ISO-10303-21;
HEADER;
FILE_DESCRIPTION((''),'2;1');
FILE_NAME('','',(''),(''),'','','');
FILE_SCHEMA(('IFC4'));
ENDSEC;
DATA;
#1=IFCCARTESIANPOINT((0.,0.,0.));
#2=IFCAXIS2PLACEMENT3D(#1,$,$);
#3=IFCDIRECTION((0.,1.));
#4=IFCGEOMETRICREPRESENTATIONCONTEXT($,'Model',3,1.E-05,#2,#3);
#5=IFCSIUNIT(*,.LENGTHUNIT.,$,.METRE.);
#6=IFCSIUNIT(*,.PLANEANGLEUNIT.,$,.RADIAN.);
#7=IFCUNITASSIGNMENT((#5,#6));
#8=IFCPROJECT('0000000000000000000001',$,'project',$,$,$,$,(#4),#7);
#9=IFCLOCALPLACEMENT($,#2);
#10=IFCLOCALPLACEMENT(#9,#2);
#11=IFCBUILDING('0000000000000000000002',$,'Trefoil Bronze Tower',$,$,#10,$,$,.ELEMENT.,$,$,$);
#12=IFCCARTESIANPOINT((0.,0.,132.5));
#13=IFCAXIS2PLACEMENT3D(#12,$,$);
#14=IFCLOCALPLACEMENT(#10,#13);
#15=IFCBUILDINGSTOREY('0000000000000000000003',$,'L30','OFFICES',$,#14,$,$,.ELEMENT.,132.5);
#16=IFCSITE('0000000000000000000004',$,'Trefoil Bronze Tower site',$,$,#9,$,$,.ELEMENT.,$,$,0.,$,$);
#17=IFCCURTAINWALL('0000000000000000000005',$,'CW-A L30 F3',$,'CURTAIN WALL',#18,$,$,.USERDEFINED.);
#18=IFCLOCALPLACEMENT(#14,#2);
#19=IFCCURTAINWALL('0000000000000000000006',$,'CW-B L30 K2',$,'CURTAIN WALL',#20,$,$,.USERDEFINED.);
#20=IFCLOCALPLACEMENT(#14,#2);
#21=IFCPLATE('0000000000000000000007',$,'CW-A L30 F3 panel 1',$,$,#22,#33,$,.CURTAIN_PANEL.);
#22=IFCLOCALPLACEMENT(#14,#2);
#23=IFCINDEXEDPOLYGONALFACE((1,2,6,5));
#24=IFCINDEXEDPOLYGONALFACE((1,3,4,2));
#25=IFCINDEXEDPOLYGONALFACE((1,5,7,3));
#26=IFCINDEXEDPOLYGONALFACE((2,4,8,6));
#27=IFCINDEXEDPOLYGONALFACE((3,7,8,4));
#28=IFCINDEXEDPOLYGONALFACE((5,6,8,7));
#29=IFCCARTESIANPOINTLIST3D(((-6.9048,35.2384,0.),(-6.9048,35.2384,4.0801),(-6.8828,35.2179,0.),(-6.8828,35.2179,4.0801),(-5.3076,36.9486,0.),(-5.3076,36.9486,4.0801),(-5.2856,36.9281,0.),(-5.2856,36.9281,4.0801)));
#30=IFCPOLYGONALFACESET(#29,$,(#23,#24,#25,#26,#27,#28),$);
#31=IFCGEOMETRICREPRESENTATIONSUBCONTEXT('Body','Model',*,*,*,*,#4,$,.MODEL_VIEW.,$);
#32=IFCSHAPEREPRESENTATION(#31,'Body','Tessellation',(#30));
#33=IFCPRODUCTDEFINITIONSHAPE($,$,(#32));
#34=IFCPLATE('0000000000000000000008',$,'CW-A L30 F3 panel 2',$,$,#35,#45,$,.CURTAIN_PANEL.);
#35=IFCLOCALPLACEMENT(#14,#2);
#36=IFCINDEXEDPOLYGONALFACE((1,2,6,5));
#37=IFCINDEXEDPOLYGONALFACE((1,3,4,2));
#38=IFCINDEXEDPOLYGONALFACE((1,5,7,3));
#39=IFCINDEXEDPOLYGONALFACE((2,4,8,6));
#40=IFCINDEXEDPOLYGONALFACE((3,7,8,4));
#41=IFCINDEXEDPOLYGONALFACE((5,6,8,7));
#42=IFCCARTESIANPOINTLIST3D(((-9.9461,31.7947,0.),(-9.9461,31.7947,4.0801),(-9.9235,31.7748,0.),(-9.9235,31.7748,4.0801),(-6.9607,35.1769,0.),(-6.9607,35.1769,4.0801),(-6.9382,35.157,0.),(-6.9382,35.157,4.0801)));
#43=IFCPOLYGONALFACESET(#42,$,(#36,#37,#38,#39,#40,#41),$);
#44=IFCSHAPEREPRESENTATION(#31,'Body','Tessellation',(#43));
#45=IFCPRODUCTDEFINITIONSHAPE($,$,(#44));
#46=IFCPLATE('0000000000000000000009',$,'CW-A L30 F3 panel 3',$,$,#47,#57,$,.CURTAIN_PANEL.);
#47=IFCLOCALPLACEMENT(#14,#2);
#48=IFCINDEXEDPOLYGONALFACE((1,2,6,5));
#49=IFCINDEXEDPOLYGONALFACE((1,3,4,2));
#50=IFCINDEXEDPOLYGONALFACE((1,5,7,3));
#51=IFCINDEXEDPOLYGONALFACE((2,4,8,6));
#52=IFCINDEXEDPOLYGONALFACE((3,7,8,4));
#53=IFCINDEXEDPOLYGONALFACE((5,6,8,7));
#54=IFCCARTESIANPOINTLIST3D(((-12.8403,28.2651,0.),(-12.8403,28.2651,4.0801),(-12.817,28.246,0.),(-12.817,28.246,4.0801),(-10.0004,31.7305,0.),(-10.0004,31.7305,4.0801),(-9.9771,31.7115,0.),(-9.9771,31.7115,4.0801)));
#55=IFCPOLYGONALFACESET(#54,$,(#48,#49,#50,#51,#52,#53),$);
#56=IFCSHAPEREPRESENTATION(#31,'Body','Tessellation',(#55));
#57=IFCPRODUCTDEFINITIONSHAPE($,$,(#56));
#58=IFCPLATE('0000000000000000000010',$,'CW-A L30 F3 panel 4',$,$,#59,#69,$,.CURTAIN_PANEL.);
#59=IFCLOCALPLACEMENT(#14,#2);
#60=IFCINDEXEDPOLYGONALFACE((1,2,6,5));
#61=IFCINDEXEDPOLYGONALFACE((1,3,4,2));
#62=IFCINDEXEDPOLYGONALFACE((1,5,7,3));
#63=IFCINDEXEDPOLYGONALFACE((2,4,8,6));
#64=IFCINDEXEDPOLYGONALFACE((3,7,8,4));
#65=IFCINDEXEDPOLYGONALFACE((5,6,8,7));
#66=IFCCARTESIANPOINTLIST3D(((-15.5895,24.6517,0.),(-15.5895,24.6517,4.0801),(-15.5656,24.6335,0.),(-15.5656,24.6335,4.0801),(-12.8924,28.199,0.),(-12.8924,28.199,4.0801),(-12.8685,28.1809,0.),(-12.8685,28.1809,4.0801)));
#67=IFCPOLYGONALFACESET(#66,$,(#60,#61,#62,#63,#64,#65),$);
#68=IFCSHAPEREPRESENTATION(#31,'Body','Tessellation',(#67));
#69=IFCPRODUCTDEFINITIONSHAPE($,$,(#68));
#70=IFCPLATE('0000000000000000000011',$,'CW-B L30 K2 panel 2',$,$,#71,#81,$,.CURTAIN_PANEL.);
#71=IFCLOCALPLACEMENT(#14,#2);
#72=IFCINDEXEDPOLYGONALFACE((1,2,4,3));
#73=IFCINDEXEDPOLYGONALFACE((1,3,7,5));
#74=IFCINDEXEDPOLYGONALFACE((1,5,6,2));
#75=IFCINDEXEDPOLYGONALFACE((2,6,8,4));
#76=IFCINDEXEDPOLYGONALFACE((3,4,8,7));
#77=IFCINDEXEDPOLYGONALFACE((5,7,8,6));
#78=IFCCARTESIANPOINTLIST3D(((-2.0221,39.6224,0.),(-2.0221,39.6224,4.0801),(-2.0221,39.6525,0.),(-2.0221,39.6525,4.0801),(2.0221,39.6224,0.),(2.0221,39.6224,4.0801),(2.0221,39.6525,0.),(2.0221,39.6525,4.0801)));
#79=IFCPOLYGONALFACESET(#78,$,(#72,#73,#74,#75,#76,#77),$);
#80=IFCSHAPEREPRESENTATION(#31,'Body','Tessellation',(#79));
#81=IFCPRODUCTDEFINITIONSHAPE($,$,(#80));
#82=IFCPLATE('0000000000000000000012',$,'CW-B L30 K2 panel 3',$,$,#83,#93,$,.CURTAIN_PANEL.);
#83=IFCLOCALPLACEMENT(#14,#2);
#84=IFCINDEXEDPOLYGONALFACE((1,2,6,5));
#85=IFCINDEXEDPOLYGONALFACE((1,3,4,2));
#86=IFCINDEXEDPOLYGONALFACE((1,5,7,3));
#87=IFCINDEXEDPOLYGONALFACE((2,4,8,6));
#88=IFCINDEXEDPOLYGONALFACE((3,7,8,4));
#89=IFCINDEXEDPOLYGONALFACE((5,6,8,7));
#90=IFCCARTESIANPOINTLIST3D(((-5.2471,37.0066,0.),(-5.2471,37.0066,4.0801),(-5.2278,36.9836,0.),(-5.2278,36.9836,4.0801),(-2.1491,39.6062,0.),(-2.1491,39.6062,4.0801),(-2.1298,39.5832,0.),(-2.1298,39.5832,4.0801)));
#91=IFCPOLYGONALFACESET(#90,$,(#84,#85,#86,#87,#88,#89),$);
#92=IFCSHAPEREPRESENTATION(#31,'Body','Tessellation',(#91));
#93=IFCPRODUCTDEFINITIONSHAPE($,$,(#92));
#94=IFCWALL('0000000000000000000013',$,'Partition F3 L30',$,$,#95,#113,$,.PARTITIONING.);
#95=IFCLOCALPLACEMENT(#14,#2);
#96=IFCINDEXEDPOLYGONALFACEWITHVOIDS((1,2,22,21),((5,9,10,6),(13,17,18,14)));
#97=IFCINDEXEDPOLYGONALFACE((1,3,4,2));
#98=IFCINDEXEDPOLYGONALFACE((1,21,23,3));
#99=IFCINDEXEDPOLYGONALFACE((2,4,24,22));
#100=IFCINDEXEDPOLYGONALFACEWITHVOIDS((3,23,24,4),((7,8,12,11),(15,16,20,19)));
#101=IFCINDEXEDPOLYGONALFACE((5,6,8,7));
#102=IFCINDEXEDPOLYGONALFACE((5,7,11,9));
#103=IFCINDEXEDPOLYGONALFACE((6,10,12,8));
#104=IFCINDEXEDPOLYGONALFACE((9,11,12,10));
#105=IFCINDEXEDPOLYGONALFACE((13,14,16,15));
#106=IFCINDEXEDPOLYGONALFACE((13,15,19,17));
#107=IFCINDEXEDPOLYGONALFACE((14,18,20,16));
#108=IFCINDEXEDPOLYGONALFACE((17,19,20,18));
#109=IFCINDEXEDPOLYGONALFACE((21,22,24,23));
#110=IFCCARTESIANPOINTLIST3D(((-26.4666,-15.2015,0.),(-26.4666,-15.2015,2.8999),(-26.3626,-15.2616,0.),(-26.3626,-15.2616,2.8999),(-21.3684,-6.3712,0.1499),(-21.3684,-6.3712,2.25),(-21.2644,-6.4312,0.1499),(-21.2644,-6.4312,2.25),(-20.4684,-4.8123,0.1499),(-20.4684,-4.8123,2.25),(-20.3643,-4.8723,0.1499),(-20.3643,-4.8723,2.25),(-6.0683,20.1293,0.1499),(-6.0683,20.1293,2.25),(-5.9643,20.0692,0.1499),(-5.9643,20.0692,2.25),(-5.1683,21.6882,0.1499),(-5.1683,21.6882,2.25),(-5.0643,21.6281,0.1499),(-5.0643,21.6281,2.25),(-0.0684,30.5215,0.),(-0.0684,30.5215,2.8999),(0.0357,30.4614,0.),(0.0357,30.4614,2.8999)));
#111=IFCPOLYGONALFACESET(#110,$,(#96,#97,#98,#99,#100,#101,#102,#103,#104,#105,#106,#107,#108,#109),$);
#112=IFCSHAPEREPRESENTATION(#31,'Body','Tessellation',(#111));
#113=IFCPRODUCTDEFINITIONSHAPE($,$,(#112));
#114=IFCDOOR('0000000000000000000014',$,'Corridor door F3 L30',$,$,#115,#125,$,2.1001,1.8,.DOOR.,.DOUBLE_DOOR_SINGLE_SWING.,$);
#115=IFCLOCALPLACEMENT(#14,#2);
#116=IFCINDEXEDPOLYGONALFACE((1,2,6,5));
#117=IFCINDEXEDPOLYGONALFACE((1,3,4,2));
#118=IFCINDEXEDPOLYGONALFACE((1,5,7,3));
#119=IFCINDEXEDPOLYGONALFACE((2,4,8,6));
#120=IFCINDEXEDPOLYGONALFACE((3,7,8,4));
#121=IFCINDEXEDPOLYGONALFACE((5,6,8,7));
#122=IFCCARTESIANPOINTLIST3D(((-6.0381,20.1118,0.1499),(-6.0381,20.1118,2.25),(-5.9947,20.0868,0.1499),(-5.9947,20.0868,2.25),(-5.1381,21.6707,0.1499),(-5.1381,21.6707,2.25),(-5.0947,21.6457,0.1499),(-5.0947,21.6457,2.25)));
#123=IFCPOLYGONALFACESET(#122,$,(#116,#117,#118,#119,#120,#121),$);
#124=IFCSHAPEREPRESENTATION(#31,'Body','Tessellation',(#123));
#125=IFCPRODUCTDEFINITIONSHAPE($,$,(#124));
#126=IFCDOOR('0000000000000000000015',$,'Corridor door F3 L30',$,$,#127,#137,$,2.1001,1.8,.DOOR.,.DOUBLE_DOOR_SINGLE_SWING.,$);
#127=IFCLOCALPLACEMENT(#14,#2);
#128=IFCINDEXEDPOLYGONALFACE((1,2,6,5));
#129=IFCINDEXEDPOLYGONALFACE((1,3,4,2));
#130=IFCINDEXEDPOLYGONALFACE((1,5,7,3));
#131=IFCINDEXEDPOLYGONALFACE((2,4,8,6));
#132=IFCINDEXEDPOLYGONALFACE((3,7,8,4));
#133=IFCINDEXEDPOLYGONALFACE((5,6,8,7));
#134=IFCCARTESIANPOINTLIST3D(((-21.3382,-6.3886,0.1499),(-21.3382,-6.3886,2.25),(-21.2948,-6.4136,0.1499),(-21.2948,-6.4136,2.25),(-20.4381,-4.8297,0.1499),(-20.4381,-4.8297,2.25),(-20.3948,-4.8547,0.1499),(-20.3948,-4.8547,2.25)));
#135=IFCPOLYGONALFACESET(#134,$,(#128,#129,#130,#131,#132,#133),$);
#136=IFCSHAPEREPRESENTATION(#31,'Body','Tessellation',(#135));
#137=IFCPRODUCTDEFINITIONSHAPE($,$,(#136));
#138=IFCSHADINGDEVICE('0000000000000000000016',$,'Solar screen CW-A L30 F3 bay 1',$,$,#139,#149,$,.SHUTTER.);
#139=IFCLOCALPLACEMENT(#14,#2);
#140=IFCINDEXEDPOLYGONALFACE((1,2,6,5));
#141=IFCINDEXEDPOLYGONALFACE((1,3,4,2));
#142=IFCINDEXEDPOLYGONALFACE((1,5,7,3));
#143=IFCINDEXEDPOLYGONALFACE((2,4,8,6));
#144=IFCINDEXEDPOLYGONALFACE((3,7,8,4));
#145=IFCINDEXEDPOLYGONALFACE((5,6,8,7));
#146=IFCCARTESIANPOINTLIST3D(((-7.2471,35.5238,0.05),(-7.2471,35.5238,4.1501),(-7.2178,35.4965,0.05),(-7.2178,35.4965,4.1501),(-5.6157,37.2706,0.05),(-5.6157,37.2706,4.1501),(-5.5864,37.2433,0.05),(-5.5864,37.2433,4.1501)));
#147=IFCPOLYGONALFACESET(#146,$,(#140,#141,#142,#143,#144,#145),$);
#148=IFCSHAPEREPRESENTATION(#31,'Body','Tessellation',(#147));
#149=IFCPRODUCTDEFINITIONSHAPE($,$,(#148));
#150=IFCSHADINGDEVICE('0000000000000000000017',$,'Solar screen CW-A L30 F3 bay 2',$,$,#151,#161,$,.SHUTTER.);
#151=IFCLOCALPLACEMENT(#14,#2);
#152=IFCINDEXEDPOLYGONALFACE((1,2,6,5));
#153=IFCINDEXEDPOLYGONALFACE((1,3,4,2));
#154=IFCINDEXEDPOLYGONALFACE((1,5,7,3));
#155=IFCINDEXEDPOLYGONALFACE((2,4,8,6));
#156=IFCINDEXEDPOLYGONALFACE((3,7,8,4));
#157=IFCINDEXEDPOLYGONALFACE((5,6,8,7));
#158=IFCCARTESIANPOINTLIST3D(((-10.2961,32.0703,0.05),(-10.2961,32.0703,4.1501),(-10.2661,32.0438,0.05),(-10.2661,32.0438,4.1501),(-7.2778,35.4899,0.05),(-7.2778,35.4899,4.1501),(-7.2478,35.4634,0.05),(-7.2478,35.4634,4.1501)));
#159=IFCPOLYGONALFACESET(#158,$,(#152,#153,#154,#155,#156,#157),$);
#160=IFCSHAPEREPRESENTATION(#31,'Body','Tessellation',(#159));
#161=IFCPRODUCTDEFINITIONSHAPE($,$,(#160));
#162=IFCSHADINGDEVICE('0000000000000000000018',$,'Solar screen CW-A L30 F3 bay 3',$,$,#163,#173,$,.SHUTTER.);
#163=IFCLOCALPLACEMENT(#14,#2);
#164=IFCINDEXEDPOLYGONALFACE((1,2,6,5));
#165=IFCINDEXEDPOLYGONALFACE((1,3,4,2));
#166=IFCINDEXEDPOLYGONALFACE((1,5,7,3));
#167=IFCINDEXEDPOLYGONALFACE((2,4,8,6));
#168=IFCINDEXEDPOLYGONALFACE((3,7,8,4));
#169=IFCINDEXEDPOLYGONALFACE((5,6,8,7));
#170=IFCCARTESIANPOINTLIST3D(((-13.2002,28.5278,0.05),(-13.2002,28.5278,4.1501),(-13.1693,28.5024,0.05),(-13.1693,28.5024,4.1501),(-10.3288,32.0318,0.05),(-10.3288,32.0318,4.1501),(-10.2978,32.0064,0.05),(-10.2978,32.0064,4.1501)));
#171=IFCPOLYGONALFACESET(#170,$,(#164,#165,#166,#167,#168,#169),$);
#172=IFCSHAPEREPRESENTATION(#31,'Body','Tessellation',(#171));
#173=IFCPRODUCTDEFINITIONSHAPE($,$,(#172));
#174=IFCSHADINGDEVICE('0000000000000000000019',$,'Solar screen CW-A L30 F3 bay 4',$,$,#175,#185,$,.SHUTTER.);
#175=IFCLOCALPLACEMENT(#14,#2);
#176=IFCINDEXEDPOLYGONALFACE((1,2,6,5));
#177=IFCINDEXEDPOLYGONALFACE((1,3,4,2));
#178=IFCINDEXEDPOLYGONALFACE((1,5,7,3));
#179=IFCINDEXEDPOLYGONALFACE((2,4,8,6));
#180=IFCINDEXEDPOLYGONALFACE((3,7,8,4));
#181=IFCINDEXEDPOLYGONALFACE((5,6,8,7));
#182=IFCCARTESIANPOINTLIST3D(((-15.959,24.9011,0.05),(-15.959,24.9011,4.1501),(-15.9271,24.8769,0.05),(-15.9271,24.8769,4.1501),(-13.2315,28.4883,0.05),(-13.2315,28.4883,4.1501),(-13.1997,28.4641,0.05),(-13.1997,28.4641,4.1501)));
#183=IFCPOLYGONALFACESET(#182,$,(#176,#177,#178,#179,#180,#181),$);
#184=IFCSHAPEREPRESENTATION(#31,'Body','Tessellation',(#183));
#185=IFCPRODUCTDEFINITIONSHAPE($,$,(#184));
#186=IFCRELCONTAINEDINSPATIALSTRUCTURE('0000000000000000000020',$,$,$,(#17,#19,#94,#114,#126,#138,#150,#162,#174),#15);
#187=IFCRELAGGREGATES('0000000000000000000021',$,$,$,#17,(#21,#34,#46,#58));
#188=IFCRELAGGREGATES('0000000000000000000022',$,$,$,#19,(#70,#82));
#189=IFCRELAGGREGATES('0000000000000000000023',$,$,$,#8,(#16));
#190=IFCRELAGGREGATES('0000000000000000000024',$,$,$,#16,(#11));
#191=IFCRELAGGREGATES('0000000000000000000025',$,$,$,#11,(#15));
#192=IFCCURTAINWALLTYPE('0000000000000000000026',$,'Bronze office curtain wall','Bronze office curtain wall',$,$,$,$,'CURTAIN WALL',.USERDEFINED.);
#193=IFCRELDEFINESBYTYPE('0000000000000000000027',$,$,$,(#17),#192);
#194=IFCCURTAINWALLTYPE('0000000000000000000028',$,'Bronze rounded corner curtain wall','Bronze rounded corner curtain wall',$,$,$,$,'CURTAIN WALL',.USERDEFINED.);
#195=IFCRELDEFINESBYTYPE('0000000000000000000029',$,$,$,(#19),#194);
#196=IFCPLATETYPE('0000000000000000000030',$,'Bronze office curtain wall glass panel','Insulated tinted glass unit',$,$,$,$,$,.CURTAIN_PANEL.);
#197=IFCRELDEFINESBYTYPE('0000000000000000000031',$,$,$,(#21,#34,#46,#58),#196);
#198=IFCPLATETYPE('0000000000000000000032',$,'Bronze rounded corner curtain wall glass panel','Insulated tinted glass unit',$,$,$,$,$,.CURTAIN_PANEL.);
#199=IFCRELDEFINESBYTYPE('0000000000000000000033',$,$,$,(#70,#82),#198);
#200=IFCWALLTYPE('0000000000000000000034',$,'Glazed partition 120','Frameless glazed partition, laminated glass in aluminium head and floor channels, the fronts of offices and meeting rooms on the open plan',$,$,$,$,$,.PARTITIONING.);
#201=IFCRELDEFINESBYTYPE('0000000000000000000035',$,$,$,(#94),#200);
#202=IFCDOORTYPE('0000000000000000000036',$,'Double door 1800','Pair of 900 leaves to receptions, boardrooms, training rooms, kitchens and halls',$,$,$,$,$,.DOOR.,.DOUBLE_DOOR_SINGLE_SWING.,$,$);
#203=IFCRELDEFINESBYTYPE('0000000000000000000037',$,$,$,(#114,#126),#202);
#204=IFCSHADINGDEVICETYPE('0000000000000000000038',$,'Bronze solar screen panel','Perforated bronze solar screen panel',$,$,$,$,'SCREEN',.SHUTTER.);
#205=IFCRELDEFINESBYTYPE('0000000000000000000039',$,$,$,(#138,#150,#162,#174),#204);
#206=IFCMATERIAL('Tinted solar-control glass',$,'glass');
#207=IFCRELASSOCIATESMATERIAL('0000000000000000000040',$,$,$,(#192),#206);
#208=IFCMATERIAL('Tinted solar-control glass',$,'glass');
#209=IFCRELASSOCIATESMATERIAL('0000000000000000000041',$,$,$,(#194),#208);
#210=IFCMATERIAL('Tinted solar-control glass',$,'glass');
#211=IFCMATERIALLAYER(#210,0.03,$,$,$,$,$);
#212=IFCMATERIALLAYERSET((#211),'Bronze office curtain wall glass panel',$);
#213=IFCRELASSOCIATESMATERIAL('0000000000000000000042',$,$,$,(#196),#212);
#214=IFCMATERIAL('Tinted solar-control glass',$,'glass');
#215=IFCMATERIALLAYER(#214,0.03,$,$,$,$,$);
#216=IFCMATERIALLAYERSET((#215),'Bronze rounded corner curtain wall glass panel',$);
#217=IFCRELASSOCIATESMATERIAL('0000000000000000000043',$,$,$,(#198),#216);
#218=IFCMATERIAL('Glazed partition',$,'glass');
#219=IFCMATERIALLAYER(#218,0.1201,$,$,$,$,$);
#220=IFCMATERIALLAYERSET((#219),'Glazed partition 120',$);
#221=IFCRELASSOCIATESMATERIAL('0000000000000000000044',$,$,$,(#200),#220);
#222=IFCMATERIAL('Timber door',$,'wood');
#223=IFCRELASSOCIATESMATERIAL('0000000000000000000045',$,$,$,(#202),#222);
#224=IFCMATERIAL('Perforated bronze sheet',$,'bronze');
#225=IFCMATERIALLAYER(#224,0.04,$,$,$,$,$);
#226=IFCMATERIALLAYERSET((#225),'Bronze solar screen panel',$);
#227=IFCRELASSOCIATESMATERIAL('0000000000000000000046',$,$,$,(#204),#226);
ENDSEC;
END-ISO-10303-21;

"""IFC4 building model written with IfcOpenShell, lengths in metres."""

from ifc_helpers import new_model, si_unit, direction, frame, frame_2d, origin, origin_2d, place, context, subcontext, project, spatial, rectangle, extrude, material, layer, layer_set, type_object, element, fill, aggregate, save


model = new_model("IFC4")

# Units and contexts
model_context = context("Model", 3, precision=1e-05, world=origin(), true_north=direction((0.0, 1.0)))
body_context = subcontext(model_context, "Body", "Model", "MODEL_VIEW")
ifc_project = project(units=[si_unit("LENGTHUNIT", "METRE"), si_unit("PLANEANGLEUNIT", "RADIAN")], contexts=[model_context])

# Site, building, storey
site_placement = place(None, origin())
site = spatial("IfcSite", under=ifc_project, at=site_placement, Name="Trefoil Bronze Tower site", CompositionType="ELEMENT", RefElevation=0.0)
building_placement = place(site_placement, origin())
building = spatial("IfcBuilding", under=site, at=building_placement, Name="Trefoil Bronze Tower", CompositionType="ELEMENT")
storey_placement = place(building_placement, frame((0.0, 0.0, 132.5)))
storey = spatial("IfcBuildingStorey", under=building, at=storey_placement, Name="L30", Description="OFFICES", CompositionType="ELEMENT", Elevation=132.5)

# Curtain walls
ifc_material_1 = material(Name="Tinted solar-control glass", Category="glass")
curtain_wall_type_1 = type_object("IfcCurtainWallType", Name="Bronze office curtain wall", Description="Bronze office curtain wall", ElementType="CURTAIN WALL", PredefinedType="USERDEFINED", material=ifc_material_1)
curtain_wall_1_placement = place(storey_placement, origin())
curtain_wall_1 = element("IfcCurtainWall", 1, at=curtain_wall_1_placement, inside=storey, type_object=curtain_wall_type_1, Name="CW-A L30 F3", ObjectType="CURTAIN WALL", PredefinedType="USERDEFINED")
ifc_material_2 = material(Name="Tinted solar-control glass", Category="glass")
curtain_wall_type_2 = type_object("IfcCurtainWallType", Name="Bronze rounded corner curtain wall", Description="Bronze rounded corner curtain wall", ElementType="CURTAIN WALL", PredefinedType="USERDEFINED", material=ifc_material_2)
curtain_wall_2_placement = place(storey_placement, origin())
curtain_wall_2 = element("IfcCurtainWall", 2, at=curtain_wall_2_placement, inside=storey, type_object=curtain_wall_type_2, Name="CW-B L30 K2", ObjectType="CURTAIN WALL", PredefinedType="USERDEFINED")

# Plates
ifc_material_3 = material(Name="Tinted solar-control glass", Category="glass")
ifc_layer_1 = layer(ifc_material_3, 0.03)
ifc_layer_set_1 = layer_set([ifc_layer_1], Name="Bronze office curtain wall glass panel")
plate_type_1 = type_object("IfcPlateType", Name="Bronze office curtain wall glass panel", Description="Insulated tinted glass unit", PredefinedType="CURTAIN_PANEL", material=ifc_layer_set_1)
plate_1_placement = place(storey_placement, frame((-6.0952, 36.0833, 0.0), z_axis=(0.0, 0.0, 1.0), x_axis=(-0.682536, -0.730852, 0.0)))
plate_1 = element("IfcPlate", 3, at=plate_1_placement, type_object=plate_type_1, Name="CW-A L30 F3 panel 1", PredefinedType="CURTAIN_PANEL", context=body_context, shape_type="SweptSolid", body=[
    extrude(rectangle(XDim=2.3401, YDim=0.03, at=origin_2d()), origin(), (0.0, 0.0, 1.0), 4.0801),
])
plate_2_placement = place(storey_placement, frame((-8.4421, 33.4758, 0.0), z_axis=(0.0, 0.0, 1.0), x_axis=(-0.661751, -0.749723, 0.0)))
plate_2 = element("IfcPlate", 4, at=plate_2_placement, type_object=plate_type_1, Name="CW-A L30 F3 panel 2", PredefinedType="CURTAIN_PANEL", context=body_context, shape_type="SweptSolid", body=[
    extrude(rectangle(XDim=4.5112, YDim=0.03, at=origin_2d()), origin(), (0.0, 0.0, 1.0), 4.0801),
])
plate_3_placement = place(storey_placement, frame((-11.4087, 29.9883, 0.0), z_axis=(0.0, 0.0, 1.0), x_axis=(-0.63384, -0.773464, 0.0)))
plate_3 = element("IfcPlate", 5, at=plate_3_placement, type_object=plate_type_1, Name="CW-A L30 F3 panel 3", PredefinedType="CURTAIN_PANEL", context=body_context, shape_type="SweptSolid", body=[
    extrude(rectangle(XDim=4.4805, YDim=0.03, at=origin_2d()), origin(), (0.0, 0.0, 1.0), 4.0801),
])
plate_4_placement = place(storey_placement, frame((-14.229, 26.4163, 0.0), z_axis=(0.0, 0.0, 1.0), x_axis=(-0.605252, -0.796034, 0.0)))
plate_4 = element("IfcPlate", 6, at=plate_4_placement, type_object=plate_type_1, Name="CW-A L30 F3 panel 4", PredefinedType="CURTAIN_PANEL", context=body_context, shape_type="SweptSolid", body=[
    extrude(rectangle(XDim=4.4563, YDim=0.03, at=origin_2d()), origin(), (0.0, 0.0, 1.0), 4.0801),
])
aggregate(curtain_wall_1, [plate_1, plate_2, plate_3, plate_4])
ifc_material_4 = material(Name="Tinted solar-control glass", Category="glass")
ifc_layer_2 = layer(ifc_material_4, 0.03)
ifc_layer_set_2 = layer_set([ifc_layer_2], Name="Bronze rounded corner curtain wall glass panel")
plate_type_2 = type_object("IfcPlateType", Name="Bronze rounded corner curtain wall glass panel", Description="Insulated tinted glass unit", PredefinedType="CURTAIN_PANEL", material=ifc_layer_set_2)
plate_5_placement = place(storey_placement, frame((0.0, 39.6375, 0.0), z_axis=(0.0, 0.0, 1.0), x_axis=(-1.0, 0.0, 0.0)))
plate_5 = element("IfcPlate", 7, at=plate_5_placement, type_object=plate_type_2, Name="CW-B L30 K2 panel 2", PredefinedType="CURTAIN_PANEL", context=body_context, shape_type="SweptSolid", body=[
    extrude(rectangle(XDim=4.0442, YDim=0.03, at=origin_2d()), origin(), (0.0, 0.0, 1.0), 4.0801),
])
plate_6_placement = place(storey_placement, frame((-3.6885, 38.2949, 0.0), z_axis=(0.0, 0.0, 1.0), x_axis=(-0.766044, -0.642788, 0.0)))
plate_6 = element("IfcPlate", 8, at=plate_6_placement, type_object=plate_type_2, Name="CW-B L30 K2 panel 3", PredefinedType="CURTAIN_PANEL", context=body_context, shape_type="SweptSolid", body=[
    extrude(rectangle(XDim=4.0442, YDim=0.03, at=origin_2d()), origin(), (0.0, 0.0, 1.0), 4.0801),
])
aggregate(curtain_wall_2, [plate_5, plate_6])

# Wall, openings, doors
ifc_material_5 = material(Name="Glazed partition", Category="glass")
ifc_layer_3 = layer(ifc_material_5, 0.1201)
ifc_layer_set_3 = layer_set([ifc_layer_3], Name="Glazed partition 120")
wall_type = type_object("IfcWallType", Name="Glazed partition 120", Description="Frameless glazed partition, laminated glass in aluminium head and floor channels, the fronts of offices and meeting rooms on the open plan", PredefinedType="PARTITIONING", material=ifc_layer_set_3)
wall_placement = place(storey_placement, frame((-0.0164, 30.4915, 0.0), z_axis=(0.0, 0.0, 1.0), x_axis=(-0.500001, -0.866025, 0.0)))
wall = element("IfcWall", 9, at=wall_placement, inside=storey, type_object=wall_type, Name="Partition F3 L30", PredefinedType="PARTITIONING", context=body_context, shape_type="SweptSolid", body=[
    extrude(rectangle(XDim=52.7964, YDim=0.1201, at=frame_2d((26.3982, 0.0))), origin(), (0.0, 0.0, 1.0), 2.8999),
])
opening_1_placement = place(wall_placement, frame((10.2, 0.0, 0.1499)))
opening_1 = element("IfcOpeningElement", 10, at=opening_1_placement, cuts=wall, PredefinedType="OPENING", context=body_context, shape_type="SweptSolid", body=[
    extrude(rectangle(XDim=1.8, YDim=2.1001, at=frame_2d((0.8999, 1.05))), frame((0.0, 0.0701, 0.0), z_axis=(0.0, -1.0, 0.0), x_axis=(1.0, 0.0, 0.0)), (0.0, 0.0, 1.0), 0.1401),
])
opening_2_placement = place(wall_placement, frame((40.8, 0.0, 0.1499)))
opening_2 = element("IfcOpeningElement", 11, at=opening_2_placement, cuts=wall, PredefinedType="OPENING", context=body_context, shape_type="SweptSolid", body=[
    extrude(rectangle(XDim=1.8, YDim=2.1001, at=frame_2d((0.8999, 1.05))), frame((0.0, 0.0701, 0.0), z_axis=(0.0, -1.0, 0.0), x_axis=(1.0, 0.0, 0.0)), (0.0, 0.0, 1.0), 0.1401),
])
ifc_material_6 = material(Name="Timber door", Category="wood")
door_type = type_object("IfcDoorType", Name="Double door 1800", Description="Pair of 900 leaves to receptions, boardrooms, training rooms, kitchens and halls", OperationType="DOUBLE_DOOR_SINGLE_SWING", PredefinedType="DOOR", material=ifc_material_6)
door_1_placement = place(opening_1_placement, origin())
door_1 = element("IfcDoor", 12, at=door_1_placement, inside=storey, type_object=door_type, Name="Corridor door F3 L30", OperationType="DOUBLE_DOOR_SINGLE_SWING", OverallHeight=2.1001, OverallWidth=1.8, PredefinedType="DOOR", context=body_context, shape_type="SweptSolid", body=[
    extrude(rectangle(XDim=1.8, YDim=2.1001, at=frame_2d((0.8999, 1.05))), frame((0.0, 0.0249, 0.0), z_axis=(0.0, -1.0, 0.0), x_axis=(1.0, 0.0, 0.0)), (0.0, 0.0, 1.0), 0.05),
])
fill(opening_1, door_1)
door_2_placement = place(opening_2_placement, origin())
door_2 = element("IfcDoor", 13, at=door_2_placement, inside=storey, type_object=door_type, Name="Corridor door F3 L30", OperationType="DOUBLE_DOOR_SINGLE_SWING", OverallHeight=2.1001, OverallWidth=1.8, PredefinedType="DOOR", context=body_context, shape_type="SweptSolid", body=[
    extrude(rectangle(XDim=1.8, YDim=2.1001, at=frame_2d((0.8999, 1.05))), frame((0.0, 0.0249, 0.0), z_axis=(0.0, -1.0, 0.0), x_axis=(1.0, 0.0, 0.0)), (0.0, 0.0, 1.0), 0.05),
])
fill(opening_2, door_2)

# Shading devices
ifc_material_7 = material(Name="Perforated bronze sheet", Category="bronze")
ifc_layer_4 = layer(ifc_material_7, 0.04)
ifc_layer_set_4 = layer_set([ifc_layer_4], Name="Bronze solar screen panel")
shading_device_type = type_object("IfcShadingDeviceType", Name="Bronze solar screen panel", Description="Perforated bronze solar screen panel", ElementType="SCREEN", PredefinedType="SHUTTER", material=ifc_layer_set_4)
shading_device_1_placement = place(storey_placement, frame((-6.4167, 36.3835, 0.05), z_axis=(0.0, 0.0, 1.0), x_axis=(-0.682536, -0.730852, 0.0)))
element("IfcShadingDevice", 14, at=shading_device_1_placement, inside=storey, type_object=shading_device_type, Name="Solar screen CW-A L30 F3 bay 1", PredefinedType="SHUTTER", context=body_context, shape_type="SweptSolid", body=[
    extrude(rectangle(XDim=2.3901, YDim=0.04, at=origin_2d()), origin(), (0.0, 0.0, 1.0), 4.1001),
])
shading_device_2_placement = place(storey_placement, frame((-8.772, 33.7668, 0.05), z_axis=(0.0, 0.0, 1.0), x_axis=(-0.661751, -0.749723, 0.0)))
element("IfcShadingDevice", 15, at=shading_device_2_placement, inside=storey, type_object=shading_device_type, Name="Solar screen CW-A L30 F3 bay 2", PredefinedType="SHUTTER", context=body_context, shape_type="SweptSolid", body=[
    extrude(rectangle(XDim=4.561, YDim=0.04, at=origin_2d()), origin(), (0.0, 0.0, 1.0), 4.1001),
])
shading_device_3_placement = place(storey_placement, frame((-11.749, 30.2671, 0.05), z_axis=(0.0, 0.0, 1.0), x_axis=(-0.63384, -0.773464, 0.0)))
element("IfcShadingDevice", 16, at=shading_device_3_placement, inside=storey, type_object=shading_device_type, Name="Solar screen CW-A L30 F3 bay 3", PredefinedType="SHUTTER", context=body_context, shape_type="SweptSolid", body=[
    extrude(rectangle(XDim=4.5303, YDim=0.04, at=origin_2d()), origin(), (0.0, 0.0, 1.0), 4.1001),
])
shading_device_4_placement = place(storey_placement, frame((-14.5793, 26.6826, 0.05), z_axis=(0.0, 0.0, 1.0), x_axis=(-0.605252, -0.796034, 0.0)))
element("IfcShadingDevice", 17, at=shading_device_4_placement, inside=storey, type_object=shading_device_type, Name="Solar screen CW-A L30 F3 bay 4", PredefinedType="SHUTTER", context=body_context, shape_type="SweptSolid", body=[
    extrude(rectangle(XDim=4.5063, YDim=0.04, at=origin_2d()), origin(), (0.0, 0.0, 1.0), 4.1001),
])

save(model, "model.ifc")
